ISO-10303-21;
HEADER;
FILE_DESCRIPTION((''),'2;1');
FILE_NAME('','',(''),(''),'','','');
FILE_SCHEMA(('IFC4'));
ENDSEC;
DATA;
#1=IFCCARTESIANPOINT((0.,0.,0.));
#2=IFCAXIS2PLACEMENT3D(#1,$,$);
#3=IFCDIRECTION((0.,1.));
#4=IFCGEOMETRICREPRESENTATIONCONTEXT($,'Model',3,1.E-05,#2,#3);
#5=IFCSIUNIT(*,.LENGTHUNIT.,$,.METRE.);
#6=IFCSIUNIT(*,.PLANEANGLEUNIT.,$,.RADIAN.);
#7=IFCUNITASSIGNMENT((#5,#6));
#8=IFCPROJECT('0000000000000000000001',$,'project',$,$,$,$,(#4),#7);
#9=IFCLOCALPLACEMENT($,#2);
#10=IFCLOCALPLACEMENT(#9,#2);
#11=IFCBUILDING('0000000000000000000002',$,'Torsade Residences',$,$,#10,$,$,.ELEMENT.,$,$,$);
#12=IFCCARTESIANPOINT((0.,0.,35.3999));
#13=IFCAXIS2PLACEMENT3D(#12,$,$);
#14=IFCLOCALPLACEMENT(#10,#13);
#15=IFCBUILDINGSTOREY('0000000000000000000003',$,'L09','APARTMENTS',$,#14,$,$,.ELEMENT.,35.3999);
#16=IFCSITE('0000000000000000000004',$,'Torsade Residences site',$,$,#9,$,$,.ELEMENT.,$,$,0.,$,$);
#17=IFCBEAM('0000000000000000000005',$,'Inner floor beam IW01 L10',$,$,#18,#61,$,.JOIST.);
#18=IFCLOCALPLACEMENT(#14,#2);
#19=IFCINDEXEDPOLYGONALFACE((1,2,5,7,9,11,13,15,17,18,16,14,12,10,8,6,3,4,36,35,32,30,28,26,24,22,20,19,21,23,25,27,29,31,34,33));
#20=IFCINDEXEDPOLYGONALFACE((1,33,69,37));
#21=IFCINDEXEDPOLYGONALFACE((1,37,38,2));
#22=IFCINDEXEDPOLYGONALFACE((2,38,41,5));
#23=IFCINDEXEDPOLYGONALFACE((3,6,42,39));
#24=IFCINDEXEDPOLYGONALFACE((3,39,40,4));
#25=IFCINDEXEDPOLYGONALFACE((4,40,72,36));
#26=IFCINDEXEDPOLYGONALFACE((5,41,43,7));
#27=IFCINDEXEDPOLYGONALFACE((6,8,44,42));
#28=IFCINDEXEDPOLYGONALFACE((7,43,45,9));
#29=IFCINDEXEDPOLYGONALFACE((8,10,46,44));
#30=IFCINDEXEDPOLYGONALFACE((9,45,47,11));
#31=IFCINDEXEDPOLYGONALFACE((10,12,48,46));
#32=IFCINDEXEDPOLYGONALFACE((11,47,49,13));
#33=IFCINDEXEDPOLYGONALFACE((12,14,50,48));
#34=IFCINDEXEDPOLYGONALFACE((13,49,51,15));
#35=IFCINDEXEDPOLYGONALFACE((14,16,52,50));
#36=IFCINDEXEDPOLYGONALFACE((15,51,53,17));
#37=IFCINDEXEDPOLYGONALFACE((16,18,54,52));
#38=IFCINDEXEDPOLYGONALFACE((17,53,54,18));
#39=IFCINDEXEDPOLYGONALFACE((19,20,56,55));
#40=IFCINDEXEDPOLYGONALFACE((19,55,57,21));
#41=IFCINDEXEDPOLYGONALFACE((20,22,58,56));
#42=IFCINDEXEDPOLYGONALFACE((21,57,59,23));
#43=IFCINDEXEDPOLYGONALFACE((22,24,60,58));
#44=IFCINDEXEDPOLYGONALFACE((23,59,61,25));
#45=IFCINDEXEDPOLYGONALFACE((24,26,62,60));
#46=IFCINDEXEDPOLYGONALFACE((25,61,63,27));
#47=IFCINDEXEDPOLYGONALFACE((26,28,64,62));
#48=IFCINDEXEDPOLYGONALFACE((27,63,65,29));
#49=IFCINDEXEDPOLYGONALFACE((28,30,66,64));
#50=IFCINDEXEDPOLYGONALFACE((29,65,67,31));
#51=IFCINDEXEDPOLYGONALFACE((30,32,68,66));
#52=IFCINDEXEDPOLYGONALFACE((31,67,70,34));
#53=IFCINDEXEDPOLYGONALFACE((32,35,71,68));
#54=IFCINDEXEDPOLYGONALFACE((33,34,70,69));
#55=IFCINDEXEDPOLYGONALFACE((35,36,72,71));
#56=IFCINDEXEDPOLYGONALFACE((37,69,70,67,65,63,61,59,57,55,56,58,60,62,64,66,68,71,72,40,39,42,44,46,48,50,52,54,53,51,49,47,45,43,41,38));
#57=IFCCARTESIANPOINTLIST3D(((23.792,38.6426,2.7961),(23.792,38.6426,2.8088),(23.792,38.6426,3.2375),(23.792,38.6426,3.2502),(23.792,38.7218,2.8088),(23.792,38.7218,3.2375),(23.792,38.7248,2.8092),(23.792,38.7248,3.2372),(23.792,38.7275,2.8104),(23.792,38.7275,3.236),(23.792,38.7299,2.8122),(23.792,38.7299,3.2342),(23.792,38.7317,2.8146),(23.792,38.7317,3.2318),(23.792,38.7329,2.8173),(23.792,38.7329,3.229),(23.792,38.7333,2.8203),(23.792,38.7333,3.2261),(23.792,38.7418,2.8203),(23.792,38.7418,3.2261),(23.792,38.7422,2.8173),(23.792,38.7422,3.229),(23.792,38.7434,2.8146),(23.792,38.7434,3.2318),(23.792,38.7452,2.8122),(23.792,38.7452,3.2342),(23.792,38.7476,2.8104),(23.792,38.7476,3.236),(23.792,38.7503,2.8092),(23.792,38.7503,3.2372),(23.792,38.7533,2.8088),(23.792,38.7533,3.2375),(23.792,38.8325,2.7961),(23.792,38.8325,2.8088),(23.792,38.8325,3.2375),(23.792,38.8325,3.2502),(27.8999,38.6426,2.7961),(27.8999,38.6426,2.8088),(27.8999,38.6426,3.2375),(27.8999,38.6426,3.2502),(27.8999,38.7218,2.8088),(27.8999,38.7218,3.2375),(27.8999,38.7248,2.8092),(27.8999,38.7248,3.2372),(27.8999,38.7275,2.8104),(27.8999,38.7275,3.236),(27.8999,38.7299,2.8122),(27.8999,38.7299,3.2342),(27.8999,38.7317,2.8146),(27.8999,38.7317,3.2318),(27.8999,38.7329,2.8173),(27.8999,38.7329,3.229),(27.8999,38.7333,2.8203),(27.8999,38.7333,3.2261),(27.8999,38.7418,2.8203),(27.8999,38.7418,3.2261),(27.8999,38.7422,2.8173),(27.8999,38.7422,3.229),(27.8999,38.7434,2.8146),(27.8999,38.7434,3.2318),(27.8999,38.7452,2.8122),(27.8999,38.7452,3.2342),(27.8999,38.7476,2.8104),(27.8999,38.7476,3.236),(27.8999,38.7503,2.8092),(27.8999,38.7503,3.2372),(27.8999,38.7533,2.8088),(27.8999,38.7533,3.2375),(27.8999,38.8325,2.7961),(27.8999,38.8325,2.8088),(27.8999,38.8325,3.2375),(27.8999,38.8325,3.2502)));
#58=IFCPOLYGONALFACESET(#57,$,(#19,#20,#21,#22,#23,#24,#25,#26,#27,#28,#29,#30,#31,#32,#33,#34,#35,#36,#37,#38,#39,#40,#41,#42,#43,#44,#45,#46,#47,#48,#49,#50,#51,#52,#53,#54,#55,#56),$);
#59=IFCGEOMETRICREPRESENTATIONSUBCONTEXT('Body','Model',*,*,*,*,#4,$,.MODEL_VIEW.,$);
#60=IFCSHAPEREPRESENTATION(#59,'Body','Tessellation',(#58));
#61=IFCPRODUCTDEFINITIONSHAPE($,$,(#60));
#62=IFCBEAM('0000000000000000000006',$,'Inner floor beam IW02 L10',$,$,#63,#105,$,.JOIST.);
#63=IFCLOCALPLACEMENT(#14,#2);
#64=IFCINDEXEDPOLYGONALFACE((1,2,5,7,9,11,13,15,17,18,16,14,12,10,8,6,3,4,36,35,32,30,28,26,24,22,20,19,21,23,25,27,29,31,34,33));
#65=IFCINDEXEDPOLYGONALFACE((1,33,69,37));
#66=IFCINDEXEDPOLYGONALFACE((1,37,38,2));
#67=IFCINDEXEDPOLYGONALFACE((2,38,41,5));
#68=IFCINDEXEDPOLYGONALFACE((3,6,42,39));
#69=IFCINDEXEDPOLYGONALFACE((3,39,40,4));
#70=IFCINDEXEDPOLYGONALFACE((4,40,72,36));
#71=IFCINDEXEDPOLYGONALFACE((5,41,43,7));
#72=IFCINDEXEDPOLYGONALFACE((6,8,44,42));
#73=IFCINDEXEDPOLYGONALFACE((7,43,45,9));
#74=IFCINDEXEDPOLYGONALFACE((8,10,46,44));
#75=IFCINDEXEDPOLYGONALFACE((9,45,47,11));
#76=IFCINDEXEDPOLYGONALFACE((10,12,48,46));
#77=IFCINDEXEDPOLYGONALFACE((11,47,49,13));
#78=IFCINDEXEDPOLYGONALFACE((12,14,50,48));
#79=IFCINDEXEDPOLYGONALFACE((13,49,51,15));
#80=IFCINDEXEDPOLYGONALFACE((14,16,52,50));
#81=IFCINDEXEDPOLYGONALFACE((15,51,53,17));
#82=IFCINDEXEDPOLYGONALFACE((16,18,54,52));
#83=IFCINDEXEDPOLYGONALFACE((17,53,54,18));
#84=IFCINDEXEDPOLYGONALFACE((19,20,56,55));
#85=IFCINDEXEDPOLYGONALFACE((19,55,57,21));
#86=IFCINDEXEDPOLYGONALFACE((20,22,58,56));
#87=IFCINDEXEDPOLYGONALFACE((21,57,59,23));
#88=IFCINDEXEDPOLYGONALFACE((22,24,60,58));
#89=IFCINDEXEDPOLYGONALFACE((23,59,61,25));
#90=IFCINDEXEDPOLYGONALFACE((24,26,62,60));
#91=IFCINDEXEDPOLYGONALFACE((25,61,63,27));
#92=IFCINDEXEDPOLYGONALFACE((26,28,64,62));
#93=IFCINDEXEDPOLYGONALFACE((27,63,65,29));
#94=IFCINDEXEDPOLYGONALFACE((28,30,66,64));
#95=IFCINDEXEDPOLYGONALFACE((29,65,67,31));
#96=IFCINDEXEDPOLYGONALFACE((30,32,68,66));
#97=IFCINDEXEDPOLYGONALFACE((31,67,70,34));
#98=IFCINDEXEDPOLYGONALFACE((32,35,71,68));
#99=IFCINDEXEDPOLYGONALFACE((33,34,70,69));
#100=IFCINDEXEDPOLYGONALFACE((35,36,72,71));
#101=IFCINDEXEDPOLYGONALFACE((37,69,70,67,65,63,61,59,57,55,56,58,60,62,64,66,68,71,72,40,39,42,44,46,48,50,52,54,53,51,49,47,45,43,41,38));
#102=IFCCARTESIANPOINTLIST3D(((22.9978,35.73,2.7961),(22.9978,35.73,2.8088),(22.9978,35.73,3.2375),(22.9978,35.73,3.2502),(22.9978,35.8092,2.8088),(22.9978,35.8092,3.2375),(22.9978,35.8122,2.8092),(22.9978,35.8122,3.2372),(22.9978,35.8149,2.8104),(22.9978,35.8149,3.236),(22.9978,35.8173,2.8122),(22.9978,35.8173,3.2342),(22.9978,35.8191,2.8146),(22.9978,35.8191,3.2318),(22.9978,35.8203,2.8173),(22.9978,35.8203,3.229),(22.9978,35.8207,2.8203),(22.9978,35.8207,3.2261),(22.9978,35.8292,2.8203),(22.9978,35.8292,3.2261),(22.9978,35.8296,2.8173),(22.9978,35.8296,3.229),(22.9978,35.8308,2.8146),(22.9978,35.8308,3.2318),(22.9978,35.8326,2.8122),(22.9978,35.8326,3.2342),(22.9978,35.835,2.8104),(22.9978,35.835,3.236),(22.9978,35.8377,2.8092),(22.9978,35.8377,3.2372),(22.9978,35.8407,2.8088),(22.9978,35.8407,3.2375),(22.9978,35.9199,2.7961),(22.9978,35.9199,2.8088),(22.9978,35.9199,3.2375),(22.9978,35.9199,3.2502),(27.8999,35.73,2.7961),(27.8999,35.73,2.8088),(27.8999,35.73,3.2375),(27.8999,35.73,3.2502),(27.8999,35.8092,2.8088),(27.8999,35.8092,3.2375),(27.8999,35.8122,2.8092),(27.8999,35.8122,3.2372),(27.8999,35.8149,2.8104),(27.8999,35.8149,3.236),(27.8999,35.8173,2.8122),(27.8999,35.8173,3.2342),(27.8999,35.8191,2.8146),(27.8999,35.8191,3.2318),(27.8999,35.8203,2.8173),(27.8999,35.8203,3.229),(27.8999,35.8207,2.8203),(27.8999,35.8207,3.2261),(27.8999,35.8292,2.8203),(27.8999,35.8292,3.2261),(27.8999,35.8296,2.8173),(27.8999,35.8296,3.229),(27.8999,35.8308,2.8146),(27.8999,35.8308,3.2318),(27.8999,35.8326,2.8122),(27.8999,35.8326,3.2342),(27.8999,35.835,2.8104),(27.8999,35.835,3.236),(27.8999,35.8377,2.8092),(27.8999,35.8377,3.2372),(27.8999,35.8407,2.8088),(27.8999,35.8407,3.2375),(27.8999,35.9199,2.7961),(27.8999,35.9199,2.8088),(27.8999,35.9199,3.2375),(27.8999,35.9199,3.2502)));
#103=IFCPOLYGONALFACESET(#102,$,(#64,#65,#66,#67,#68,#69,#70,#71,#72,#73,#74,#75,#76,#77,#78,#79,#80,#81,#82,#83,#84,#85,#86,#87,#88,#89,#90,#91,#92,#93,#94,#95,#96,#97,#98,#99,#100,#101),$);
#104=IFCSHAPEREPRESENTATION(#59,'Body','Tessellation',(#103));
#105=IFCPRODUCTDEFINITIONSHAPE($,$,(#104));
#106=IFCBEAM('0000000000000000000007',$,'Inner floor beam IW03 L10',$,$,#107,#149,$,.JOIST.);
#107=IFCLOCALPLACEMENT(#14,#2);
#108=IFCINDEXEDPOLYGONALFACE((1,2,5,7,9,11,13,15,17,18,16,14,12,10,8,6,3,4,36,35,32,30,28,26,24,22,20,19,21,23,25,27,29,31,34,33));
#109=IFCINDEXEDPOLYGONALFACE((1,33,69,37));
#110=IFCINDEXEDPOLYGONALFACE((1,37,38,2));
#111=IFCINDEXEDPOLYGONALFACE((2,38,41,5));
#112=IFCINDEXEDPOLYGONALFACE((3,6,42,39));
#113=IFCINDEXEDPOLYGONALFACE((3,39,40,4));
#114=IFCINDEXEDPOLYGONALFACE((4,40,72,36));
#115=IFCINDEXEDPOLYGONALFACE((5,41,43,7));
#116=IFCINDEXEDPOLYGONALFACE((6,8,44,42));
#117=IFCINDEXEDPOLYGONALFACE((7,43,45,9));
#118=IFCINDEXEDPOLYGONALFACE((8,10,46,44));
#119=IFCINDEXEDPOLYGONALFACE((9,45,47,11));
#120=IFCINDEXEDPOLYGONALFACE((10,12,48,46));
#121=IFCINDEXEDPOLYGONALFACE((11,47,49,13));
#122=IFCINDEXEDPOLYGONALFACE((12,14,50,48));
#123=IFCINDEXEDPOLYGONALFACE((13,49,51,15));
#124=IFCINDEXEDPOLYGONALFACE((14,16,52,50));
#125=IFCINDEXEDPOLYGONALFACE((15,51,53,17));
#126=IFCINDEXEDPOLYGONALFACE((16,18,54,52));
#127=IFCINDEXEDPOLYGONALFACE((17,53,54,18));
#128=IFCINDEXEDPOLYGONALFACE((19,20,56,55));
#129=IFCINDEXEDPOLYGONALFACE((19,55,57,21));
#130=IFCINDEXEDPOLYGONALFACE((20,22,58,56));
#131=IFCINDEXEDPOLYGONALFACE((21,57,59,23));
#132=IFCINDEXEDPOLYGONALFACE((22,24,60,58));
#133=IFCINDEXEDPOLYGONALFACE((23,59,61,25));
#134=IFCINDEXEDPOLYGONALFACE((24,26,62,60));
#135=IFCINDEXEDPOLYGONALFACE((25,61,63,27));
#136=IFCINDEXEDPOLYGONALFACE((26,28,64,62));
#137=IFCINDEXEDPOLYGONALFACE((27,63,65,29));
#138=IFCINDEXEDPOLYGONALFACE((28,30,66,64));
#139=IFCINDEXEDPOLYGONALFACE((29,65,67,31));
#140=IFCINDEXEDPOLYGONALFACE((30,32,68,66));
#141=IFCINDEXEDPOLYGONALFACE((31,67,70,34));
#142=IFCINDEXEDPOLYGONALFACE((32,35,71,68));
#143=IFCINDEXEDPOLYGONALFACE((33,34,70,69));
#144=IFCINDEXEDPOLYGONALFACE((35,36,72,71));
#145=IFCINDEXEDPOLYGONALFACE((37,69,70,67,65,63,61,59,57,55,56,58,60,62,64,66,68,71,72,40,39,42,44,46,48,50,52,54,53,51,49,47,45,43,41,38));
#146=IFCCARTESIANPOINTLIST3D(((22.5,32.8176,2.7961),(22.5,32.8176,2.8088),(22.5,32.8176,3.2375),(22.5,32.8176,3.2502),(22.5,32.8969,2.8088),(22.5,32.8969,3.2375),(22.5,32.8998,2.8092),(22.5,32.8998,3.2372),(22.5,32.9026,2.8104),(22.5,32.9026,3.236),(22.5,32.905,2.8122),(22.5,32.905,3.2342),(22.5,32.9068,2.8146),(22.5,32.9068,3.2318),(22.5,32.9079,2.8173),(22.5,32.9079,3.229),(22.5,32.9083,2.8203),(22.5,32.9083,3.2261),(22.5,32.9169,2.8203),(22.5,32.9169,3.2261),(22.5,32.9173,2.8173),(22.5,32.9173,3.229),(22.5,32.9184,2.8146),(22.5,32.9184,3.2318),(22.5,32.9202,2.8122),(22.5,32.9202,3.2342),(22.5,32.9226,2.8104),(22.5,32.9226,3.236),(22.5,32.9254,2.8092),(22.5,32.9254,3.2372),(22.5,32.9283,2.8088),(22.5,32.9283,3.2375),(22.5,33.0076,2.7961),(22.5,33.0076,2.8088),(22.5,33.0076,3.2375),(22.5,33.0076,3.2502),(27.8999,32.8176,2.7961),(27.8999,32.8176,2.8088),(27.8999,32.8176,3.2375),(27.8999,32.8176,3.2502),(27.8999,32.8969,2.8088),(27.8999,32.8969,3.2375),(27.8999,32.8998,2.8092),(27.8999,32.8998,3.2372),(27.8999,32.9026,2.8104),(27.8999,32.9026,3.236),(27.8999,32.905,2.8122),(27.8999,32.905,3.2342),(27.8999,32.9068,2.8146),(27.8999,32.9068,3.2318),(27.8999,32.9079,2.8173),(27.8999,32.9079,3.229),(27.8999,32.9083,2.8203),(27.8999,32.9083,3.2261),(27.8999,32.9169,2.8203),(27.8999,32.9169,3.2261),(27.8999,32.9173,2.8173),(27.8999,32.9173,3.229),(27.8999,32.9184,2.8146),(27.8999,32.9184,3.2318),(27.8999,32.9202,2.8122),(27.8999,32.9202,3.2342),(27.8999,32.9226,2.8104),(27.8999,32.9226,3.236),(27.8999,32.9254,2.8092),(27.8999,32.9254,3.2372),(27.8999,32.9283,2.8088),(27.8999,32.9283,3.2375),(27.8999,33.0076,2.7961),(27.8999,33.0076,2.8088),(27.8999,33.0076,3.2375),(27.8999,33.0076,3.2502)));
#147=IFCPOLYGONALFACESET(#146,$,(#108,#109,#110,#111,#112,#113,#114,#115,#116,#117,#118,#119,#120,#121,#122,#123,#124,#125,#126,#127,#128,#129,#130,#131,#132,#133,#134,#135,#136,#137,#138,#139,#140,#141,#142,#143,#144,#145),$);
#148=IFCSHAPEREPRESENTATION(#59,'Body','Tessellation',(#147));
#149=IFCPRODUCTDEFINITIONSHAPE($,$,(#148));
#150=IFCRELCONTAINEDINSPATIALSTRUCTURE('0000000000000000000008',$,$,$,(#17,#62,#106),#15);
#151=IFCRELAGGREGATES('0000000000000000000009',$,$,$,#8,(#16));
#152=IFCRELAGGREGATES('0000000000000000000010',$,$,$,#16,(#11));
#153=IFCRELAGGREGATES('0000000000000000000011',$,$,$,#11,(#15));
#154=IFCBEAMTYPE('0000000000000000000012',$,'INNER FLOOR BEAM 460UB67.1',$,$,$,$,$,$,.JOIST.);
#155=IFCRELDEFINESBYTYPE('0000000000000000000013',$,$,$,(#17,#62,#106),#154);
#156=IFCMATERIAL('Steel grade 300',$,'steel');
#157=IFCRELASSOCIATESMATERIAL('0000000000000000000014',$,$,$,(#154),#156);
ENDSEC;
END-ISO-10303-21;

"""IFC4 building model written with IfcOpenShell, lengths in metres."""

from ifc_helpers import new_model, si_unit, direction, frame, origin, origin_2d, place, context, subcontext, project, spatial, i_section, extrude, material, material_profile, profile_set, type_object, element, save


model = new_model("IFC4")

# Units and contexts
model_context = context("Model", 3, precision=1e-05, world=origin(), true_north=direction((0.0, 1.0)))
body_context = subcontext(model_context, "Body", "Model", "MODEL_VIEW")
ifc_project = project(units=[si_unit("LENGTHUNIT", "METRE"), si_unit("PLANEANGLEUNIT", "RADIAN")], contexts=[model_context])

# Site, building, storey
site_placement = place(None, origin())
site = spatial("IfcSite", under=ifc_project, at=site_placement, Name="Torsade Residences site", CompositionType="ELEMENT", RefElevation=0.0)
building_placement = place(site_placement, origin())
building = spatial("IfcBuilding", under=site, at=building_placement, Name="Torsade Residences", CompositionType="ELEMENT")
storey_placement = place(building_placement, frame((0.0, 0.0, 35.3999)))
storey = spatial("IfcBuildingStorey", under=building, at=storey_placement, Name="L09", Description="APARTMENTS", CompositionType="ELEMENT", Elevation=35.3999)

# Beams
ifc_material_1 = material(Name="Steel grade 300", Category="steel")
ifc_material_profile = material_profile(ifc_material_1, i_section(OverallWidth=0.1899, OverallDepth=0.4541, WebThickness=0.0085, FlangeThickness=0.0127, FilletRadius=0.0115, at=origin_2d()), Name="460UB67.1")
ifc_profile_set = profile_set([ifc_material_profile], Name="Steel grade 300")
beam_type = type_object("IfcBeamType", Name="INNER FLOOR BEAM 460UB67.1", PredefinedType="JOIST", material=ifc_profile_set)
beam_1_placement = place(storey_placement, frame((27.8999, 38.7375, 3.0232), z_axis=(-1.0, 0.0, 0.0), x_axis=(0.0, -1.0, 0.0)))
element("IfcBeam", 1, at=beam_1_placement, inside=storey, type_object=beam_type, Name="Inner floor beam IW01 L10", PredefinedType="JOIST", context=body_context, shape_type="SweptSolid", body=[
    extrude(i_section(OverallWidth=0.1899, OverallDepth=0.4541, WebThickness=0.0085, FlangeThickness=0.0127, FilletRadius=0.0115, at=origin_2d()), origin(), (0.0, 0.0, 1.0), 4.1079),
])
beam_2_placement = place(storey_placement, frame((27.8999, 35.825, 3.0232), z_axis=(-1.0, 0.0, 0.0), x_axis=(0.0, -1.0, 0.0)))
element("IfcBeam", 2, at=beam_2_placement, inside=storey, type_object=beam_type, Name="Inner floor beam IW02 L10", PredefinedType="JOIST", context=body_context, shape_type="SweptSolid", body=[
    extrude(i_section(OverallWidth=0.1899, OverallDepth=0.4541, WebThickness=0.0085, FlangeThickness=0.0127, FilletRadius=0.0115, at=origin_2d()), origin(), (0.0, 0.0, 1.0), 4.9021),
])
beam_3_placement = place(storey_placement, frame((27.8999, 32.9126, 3.0232), z_axis=(-1.0, 0.0, 0.0), x_axis=(0.0, -1.0, 0.0)))
element("IfcBeam", 3, at=beam_3_placement, inside=storey, type_object=beam_type, Name="Inner floor beam IW03 L10", PredefinedType="JOIST", context=body_context, shape_type="SweptSolid", body=[
    extrude(i_section(OverallWidth=0.1899, OverallDepth=0.4541, WebThickness=0.0085, FlangeThickness=0.0127, FilletRadius=0.0115, at=origin_2d()), origin(), (0.0, 0.0, 1.0), 5.3999),
])

save(model, "model.ifc")
